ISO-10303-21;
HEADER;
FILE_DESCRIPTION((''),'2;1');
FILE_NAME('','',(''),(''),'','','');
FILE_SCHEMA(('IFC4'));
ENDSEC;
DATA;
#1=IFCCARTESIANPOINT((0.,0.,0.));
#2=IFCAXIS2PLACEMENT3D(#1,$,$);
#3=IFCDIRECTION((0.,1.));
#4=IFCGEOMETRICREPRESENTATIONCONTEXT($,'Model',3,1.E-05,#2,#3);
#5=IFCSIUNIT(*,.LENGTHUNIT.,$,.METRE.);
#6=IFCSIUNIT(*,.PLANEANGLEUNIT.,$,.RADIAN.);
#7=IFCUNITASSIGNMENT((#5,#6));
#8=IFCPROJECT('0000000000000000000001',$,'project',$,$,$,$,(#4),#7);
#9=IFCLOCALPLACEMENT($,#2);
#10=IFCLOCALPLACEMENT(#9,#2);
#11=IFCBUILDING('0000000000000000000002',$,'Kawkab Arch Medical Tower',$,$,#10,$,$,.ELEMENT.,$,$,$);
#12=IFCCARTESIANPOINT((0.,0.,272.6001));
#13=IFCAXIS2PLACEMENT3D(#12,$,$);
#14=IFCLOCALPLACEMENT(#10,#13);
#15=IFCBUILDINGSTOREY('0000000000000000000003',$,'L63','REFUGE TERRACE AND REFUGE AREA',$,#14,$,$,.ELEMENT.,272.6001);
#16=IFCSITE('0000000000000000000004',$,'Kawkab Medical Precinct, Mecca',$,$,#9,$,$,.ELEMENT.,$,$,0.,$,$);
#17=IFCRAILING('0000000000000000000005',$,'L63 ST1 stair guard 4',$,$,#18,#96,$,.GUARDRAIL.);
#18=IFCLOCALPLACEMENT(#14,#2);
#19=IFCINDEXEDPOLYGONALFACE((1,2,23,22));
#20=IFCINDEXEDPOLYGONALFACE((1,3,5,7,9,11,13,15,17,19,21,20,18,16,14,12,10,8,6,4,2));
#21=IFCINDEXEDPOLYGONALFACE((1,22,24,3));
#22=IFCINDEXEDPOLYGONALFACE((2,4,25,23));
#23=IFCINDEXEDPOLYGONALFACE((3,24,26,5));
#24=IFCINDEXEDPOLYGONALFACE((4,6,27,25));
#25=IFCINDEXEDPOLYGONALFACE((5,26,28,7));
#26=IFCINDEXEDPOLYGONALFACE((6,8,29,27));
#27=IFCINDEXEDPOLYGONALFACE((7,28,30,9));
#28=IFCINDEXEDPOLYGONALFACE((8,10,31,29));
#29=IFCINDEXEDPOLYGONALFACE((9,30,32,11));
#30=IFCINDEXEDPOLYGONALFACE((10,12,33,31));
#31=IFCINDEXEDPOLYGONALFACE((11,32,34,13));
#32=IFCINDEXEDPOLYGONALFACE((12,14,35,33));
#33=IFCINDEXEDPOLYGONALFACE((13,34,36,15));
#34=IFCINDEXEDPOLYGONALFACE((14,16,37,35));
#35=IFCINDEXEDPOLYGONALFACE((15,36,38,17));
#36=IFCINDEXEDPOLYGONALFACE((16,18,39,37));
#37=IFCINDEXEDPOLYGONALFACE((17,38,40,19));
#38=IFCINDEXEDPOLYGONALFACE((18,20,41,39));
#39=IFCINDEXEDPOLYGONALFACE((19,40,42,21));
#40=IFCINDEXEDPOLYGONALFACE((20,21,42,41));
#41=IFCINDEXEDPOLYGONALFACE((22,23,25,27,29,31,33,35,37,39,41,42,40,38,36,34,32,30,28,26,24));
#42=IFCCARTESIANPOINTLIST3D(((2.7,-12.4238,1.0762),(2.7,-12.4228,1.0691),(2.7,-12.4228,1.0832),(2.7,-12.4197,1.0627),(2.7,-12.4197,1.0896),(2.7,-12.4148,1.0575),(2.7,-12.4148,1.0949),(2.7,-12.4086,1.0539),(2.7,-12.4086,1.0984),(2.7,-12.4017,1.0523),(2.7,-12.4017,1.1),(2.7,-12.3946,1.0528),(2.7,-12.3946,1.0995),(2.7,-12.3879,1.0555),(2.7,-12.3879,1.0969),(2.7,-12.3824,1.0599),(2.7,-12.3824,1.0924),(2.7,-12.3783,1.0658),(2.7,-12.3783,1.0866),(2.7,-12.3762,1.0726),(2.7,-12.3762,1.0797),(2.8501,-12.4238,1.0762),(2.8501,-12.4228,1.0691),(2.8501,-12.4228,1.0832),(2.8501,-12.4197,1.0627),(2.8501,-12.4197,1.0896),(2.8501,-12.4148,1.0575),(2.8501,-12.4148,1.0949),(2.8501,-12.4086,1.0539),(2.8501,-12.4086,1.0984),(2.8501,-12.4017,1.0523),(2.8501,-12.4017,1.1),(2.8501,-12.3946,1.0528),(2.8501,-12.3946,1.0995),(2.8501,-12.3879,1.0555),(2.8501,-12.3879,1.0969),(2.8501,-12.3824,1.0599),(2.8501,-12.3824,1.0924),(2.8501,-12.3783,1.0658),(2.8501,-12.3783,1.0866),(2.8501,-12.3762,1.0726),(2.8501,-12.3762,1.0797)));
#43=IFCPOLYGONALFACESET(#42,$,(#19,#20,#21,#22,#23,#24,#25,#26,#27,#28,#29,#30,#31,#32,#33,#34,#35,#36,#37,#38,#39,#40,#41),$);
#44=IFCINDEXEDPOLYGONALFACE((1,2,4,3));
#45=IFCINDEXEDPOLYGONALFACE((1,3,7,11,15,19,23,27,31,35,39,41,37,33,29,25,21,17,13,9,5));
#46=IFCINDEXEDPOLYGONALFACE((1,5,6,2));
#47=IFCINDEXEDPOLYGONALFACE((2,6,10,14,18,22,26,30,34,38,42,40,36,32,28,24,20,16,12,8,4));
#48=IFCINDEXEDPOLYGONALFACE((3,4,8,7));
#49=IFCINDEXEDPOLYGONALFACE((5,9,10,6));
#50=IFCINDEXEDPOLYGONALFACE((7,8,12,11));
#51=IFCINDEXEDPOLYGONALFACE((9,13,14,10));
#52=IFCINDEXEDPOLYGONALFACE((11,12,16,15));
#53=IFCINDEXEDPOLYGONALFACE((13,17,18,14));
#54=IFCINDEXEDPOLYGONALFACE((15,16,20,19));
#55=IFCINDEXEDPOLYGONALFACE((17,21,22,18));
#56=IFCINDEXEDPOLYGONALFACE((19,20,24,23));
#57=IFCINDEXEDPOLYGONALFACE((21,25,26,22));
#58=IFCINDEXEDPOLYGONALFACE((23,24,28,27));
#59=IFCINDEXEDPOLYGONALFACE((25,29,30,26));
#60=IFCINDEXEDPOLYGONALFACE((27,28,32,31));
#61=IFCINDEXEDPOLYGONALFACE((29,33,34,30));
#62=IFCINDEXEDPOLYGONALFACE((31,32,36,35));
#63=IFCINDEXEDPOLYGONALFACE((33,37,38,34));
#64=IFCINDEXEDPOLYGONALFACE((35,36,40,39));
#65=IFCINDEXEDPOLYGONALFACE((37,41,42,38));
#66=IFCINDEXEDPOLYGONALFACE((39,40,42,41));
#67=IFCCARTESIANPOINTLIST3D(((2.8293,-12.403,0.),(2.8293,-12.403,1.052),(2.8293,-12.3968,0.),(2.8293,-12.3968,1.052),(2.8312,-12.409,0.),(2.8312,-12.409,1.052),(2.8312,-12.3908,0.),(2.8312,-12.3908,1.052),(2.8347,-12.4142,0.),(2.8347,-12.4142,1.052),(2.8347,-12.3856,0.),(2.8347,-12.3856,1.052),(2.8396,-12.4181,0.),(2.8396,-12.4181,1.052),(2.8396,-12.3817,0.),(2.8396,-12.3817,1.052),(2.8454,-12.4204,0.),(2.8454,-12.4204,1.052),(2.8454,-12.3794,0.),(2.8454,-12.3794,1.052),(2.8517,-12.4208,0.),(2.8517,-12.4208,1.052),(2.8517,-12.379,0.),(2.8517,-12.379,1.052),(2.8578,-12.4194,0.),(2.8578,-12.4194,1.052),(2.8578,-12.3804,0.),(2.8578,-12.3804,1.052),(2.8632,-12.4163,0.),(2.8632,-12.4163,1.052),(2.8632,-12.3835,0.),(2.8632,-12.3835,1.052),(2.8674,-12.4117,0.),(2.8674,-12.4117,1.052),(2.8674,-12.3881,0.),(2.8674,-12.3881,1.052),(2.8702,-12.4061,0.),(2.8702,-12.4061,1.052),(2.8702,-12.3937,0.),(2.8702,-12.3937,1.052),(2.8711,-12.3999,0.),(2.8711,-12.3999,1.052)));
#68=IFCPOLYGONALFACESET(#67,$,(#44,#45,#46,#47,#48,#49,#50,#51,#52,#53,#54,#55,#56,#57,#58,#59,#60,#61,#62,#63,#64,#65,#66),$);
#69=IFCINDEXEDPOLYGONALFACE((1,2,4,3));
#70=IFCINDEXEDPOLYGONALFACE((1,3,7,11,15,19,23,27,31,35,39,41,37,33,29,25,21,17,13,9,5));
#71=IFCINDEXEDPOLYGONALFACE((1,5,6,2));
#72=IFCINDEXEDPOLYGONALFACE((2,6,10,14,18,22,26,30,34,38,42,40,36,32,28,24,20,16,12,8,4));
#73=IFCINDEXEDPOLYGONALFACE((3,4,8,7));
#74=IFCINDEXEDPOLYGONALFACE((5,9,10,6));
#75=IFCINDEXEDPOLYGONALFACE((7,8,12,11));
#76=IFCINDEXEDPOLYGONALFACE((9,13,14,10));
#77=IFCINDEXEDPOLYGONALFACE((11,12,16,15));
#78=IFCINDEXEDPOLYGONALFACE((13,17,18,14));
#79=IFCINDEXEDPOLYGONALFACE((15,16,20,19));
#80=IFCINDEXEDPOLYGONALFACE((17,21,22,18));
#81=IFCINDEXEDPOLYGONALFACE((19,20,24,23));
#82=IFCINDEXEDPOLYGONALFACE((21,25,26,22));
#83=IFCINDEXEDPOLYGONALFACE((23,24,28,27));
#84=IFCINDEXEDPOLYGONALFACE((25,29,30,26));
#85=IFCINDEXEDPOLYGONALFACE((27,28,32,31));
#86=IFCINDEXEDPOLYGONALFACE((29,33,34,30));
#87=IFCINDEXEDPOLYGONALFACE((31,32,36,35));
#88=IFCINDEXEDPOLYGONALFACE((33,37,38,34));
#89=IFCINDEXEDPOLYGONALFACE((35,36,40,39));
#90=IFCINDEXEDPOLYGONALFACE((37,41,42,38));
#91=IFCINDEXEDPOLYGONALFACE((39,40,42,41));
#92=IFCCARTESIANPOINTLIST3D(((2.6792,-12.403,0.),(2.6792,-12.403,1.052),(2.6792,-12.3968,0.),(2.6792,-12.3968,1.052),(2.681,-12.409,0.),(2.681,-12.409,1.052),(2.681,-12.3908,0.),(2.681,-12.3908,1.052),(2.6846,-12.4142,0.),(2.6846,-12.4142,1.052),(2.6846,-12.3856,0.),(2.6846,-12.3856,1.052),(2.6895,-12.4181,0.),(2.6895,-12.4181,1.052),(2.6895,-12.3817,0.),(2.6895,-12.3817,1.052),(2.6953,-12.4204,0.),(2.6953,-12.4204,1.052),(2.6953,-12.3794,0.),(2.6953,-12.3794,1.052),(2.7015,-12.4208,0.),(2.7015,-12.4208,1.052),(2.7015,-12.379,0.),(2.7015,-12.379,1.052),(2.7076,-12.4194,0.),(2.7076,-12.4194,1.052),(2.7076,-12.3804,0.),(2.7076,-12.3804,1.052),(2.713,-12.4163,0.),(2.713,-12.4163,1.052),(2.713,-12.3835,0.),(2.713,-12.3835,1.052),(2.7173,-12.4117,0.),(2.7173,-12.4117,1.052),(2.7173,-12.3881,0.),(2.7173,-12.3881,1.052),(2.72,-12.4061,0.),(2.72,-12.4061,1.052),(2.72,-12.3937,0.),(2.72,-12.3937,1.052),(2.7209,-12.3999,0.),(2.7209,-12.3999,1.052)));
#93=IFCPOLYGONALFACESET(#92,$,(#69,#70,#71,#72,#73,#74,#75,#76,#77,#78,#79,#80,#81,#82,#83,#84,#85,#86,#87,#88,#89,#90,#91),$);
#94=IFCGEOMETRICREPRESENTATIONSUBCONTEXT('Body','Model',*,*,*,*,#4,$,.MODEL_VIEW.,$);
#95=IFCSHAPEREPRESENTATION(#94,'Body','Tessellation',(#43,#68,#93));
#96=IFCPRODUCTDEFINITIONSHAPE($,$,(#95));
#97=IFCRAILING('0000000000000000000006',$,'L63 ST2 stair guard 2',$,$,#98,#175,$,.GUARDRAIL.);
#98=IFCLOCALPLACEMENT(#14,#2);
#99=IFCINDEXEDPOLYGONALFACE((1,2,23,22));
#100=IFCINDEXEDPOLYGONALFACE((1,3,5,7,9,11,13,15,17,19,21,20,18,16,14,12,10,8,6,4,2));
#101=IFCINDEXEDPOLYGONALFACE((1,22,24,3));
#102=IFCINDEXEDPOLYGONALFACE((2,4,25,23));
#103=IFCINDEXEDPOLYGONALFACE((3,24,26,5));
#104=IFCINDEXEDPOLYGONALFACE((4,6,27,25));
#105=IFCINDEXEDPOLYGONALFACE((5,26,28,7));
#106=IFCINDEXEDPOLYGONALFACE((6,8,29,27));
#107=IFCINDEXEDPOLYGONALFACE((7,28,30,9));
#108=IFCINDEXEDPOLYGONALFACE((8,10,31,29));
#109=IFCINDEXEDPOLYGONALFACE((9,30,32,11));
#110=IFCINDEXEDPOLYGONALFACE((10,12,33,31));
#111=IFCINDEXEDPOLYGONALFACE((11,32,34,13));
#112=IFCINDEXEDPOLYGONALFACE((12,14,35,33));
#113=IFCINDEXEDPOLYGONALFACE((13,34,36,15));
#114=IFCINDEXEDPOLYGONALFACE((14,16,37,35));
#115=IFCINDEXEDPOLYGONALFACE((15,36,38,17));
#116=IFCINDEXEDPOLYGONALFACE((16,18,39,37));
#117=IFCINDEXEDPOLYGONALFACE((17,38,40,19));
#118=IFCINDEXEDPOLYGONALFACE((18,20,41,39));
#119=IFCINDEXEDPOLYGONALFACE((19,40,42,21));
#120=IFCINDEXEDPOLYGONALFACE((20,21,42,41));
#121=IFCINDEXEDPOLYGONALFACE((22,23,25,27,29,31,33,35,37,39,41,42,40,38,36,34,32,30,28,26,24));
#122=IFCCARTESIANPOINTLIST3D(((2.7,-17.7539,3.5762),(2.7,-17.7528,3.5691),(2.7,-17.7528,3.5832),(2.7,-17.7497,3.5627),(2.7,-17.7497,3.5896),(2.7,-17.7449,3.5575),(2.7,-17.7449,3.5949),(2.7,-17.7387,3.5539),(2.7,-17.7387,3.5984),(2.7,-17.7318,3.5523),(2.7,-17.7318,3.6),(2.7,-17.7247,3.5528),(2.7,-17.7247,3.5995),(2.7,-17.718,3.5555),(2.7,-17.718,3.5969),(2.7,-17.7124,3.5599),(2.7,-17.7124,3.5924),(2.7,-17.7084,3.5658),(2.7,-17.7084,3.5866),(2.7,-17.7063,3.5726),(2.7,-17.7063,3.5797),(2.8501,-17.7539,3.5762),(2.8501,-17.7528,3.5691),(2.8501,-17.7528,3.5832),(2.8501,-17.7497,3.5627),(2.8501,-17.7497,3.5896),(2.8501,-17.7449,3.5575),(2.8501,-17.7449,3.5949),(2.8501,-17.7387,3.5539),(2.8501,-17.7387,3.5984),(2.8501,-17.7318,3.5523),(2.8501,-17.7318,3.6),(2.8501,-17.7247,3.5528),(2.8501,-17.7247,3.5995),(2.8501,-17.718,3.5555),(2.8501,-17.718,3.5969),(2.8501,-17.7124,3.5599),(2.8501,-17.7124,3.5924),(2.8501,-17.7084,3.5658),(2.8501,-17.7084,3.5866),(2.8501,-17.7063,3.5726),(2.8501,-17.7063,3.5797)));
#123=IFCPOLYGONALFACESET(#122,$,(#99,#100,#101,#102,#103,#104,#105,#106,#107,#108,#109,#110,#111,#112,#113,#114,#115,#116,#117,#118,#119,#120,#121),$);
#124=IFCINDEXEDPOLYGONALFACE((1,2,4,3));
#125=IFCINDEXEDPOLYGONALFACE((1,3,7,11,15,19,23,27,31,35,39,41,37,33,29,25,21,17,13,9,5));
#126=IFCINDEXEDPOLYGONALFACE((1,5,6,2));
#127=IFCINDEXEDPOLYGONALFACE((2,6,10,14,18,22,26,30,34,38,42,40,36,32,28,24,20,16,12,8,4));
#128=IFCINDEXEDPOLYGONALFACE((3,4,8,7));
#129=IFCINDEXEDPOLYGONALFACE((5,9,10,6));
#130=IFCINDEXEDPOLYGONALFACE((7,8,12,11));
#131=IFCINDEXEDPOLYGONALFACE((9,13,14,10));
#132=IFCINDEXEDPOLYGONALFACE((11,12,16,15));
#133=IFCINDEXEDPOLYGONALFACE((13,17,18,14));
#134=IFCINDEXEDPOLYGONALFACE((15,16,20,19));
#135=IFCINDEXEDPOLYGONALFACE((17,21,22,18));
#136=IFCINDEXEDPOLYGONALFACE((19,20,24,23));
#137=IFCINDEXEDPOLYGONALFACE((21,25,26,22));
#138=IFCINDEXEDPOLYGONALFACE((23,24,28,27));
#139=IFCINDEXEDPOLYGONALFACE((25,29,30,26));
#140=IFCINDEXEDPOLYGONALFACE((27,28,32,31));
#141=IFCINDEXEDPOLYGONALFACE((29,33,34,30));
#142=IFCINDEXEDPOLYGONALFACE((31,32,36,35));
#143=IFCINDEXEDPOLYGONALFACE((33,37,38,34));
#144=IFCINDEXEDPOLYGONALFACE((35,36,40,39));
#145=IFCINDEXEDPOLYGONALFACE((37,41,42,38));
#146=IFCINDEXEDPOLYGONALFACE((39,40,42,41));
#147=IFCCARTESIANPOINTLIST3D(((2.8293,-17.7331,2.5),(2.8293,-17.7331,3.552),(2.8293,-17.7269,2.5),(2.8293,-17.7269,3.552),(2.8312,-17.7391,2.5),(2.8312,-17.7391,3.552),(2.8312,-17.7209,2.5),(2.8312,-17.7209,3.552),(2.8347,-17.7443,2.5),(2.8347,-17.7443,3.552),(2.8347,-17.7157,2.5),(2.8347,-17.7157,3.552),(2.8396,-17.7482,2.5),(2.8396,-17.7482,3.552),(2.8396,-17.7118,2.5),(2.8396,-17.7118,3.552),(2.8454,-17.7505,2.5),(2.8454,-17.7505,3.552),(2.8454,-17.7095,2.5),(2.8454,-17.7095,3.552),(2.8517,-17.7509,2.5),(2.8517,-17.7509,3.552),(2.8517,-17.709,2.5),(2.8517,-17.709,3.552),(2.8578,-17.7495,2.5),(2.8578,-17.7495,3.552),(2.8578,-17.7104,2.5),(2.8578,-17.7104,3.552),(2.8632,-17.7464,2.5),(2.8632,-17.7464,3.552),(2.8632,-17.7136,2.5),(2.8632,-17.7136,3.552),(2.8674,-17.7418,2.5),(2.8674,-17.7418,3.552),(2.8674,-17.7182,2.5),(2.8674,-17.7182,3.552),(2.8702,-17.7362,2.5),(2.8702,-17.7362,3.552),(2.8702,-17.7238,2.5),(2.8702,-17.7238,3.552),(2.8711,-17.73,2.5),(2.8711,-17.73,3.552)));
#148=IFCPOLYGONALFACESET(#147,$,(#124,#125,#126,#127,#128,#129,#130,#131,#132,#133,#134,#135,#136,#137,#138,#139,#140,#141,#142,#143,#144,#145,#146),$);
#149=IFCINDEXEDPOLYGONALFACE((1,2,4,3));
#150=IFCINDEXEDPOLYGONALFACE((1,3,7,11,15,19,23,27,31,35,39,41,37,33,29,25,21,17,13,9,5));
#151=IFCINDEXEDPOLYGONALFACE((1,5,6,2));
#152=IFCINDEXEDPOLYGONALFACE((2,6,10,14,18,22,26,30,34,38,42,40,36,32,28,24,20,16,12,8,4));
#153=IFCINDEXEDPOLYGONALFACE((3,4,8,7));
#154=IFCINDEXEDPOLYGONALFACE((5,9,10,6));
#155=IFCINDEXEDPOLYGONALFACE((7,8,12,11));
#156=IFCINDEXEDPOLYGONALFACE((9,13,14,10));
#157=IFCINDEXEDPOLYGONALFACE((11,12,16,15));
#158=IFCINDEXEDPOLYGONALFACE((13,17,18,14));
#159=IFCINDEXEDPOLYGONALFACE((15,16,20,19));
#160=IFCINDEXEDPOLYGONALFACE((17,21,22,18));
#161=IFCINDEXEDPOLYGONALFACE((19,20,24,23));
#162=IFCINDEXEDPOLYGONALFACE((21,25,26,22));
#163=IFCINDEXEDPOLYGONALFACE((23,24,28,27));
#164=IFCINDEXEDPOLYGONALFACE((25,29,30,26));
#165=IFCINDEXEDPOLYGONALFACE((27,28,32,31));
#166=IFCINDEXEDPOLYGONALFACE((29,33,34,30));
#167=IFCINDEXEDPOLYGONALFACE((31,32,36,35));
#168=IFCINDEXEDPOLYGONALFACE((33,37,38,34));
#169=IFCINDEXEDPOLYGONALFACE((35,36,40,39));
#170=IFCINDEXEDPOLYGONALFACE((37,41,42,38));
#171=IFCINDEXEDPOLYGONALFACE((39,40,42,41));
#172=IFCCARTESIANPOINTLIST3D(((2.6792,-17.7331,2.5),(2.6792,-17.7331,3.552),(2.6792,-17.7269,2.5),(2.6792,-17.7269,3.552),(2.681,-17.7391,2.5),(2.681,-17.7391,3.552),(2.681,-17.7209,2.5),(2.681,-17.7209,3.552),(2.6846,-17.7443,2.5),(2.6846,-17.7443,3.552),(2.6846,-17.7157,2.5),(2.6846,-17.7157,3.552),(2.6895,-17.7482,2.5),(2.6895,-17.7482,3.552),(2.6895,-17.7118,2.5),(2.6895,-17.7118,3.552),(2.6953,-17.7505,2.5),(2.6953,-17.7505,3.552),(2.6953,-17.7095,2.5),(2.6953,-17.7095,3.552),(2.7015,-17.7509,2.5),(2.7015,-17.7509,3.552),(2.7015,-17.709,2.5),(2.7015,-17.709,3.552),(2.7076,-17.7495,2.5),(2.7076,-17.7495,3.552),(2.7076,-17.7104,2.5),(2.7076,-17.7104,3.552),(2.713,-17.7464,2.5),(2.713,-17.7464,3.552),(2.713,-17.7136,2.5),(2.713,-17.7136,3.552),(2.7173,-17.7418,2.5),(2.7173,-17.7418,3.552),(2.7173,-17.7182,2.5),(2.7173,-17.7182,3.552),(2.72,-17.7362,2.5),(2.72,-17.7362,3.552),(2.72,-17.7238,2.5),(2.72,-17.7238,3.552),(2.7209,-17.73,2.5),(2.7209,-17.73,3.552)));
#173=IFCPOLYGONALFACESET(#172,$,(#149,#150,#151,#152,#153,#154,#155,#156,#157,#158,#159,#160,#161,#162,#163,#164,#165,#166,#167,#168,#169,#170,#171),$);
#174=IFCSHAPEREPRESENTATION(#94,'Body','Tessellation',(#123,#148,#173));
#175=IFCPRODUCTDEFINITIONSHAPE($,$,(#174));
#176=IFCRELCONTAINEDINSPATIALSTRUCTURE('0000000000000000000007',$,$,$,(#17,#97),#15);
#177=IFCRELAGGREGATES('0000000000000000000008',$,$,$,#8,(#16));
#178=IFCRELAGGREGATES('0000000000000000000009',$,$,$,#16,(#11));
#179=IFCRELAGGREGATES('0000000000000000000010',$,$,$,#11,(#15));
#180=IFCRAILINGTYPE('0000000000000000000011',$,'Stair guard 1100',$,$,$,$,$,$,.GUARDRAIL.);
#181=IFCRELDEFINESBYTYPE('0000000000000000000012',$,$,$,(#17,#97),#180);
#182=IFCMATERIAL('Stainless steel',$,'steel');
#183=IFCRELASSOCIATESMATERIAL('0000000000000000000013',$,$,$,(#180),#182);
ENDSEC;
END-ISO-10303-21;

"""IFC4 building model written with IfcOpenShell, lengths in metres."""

from ifc_helpers import new_model, si_unit, direction, frame, origin, origin_2d, place, context, subcontext, project, spatial, circle, extrude, material, type_object, element, save


model = new_model("IFC4")

# Units and contexts
model_context = context("Model", 3, precision=1e-05, world=origin(), true_north=direction((0.0, 1.0)))
body_context = subcontext(model_context, "Body", "Model", "MODEL_VIEW")
ifc_project = project(units=[si_unit("LENGTHUNIT", "METRE"), si_unit("PLANEANGLEUNIT", "RADIAN")], contexts=[model_context])

# Site, building, storey
site_placement = place(None, origin())
site = spatial("IfcSite", under=ifc_project, at=site_placement, Name="Kawkab Medical Precinct, Mecca", CompositionType="ELEMENT", RefElevation=0.0)
building_placement = place(site_placement, origin())
building = spatial("IfcBuilding", under=site, at=building_placement, Name="Kawkab Arch Medical Tower", CompositionType="ELEMENT")
storey_placement = place(building_placement, frame((0.0, 0.0, 272.6001)))
storey = spatial("IfcBuildingStorey", under=building, at=storey_placement, Name="L63", Description="REFUGE TERRACE AND REFUGE AREA", CompositionType="ELEMENT", Elevation=272.6001)

# Railings
ifc_material_1 = material(Name="Stainless steel", Category="steel")
railing_type = type_object("IfcRailingType", Name="Stair guard 1100", PredefinedType="GUARDRAIL", material=ifc_material_1)
for number, where, name in (
    (1, (2.8501, -12.3999, 0.0), "L63 ST1 stair guard 4"),
    (2, (2.8501, -17.73, 2.5), "L63 ST2 stair guard 2"),
):
    element("IfcRailing", number, at=place(storey_placement, frame(where)), inside=storey, type_object=railing_type, Name=name, PredefinedType="GUARDRAIL", context=body_context, shape_type="SweptSolid", body=[
        extrude(circle(Radius=0.0239, at=origin_2d()), frame((0.0, 0.0, 1.0762), z_axis=(-1.0, 0.0, 0.0), x_axis=(0.0, -1.0, 0.0)), (0.0, 0.0, 1.0), 0.1501),
        extrude(circle(Radius=0.021, at=origin_2d()), origin(), (0.0, 0.0, 1.0), 1.052),
        extrude(circle(Radius=0.021, at=origin_2d()), frame((-0.1501, 0.0, 0.0)), (0.0, 0.0, 1.0), 1.052),
    ])

save(model, "model.ifc")
